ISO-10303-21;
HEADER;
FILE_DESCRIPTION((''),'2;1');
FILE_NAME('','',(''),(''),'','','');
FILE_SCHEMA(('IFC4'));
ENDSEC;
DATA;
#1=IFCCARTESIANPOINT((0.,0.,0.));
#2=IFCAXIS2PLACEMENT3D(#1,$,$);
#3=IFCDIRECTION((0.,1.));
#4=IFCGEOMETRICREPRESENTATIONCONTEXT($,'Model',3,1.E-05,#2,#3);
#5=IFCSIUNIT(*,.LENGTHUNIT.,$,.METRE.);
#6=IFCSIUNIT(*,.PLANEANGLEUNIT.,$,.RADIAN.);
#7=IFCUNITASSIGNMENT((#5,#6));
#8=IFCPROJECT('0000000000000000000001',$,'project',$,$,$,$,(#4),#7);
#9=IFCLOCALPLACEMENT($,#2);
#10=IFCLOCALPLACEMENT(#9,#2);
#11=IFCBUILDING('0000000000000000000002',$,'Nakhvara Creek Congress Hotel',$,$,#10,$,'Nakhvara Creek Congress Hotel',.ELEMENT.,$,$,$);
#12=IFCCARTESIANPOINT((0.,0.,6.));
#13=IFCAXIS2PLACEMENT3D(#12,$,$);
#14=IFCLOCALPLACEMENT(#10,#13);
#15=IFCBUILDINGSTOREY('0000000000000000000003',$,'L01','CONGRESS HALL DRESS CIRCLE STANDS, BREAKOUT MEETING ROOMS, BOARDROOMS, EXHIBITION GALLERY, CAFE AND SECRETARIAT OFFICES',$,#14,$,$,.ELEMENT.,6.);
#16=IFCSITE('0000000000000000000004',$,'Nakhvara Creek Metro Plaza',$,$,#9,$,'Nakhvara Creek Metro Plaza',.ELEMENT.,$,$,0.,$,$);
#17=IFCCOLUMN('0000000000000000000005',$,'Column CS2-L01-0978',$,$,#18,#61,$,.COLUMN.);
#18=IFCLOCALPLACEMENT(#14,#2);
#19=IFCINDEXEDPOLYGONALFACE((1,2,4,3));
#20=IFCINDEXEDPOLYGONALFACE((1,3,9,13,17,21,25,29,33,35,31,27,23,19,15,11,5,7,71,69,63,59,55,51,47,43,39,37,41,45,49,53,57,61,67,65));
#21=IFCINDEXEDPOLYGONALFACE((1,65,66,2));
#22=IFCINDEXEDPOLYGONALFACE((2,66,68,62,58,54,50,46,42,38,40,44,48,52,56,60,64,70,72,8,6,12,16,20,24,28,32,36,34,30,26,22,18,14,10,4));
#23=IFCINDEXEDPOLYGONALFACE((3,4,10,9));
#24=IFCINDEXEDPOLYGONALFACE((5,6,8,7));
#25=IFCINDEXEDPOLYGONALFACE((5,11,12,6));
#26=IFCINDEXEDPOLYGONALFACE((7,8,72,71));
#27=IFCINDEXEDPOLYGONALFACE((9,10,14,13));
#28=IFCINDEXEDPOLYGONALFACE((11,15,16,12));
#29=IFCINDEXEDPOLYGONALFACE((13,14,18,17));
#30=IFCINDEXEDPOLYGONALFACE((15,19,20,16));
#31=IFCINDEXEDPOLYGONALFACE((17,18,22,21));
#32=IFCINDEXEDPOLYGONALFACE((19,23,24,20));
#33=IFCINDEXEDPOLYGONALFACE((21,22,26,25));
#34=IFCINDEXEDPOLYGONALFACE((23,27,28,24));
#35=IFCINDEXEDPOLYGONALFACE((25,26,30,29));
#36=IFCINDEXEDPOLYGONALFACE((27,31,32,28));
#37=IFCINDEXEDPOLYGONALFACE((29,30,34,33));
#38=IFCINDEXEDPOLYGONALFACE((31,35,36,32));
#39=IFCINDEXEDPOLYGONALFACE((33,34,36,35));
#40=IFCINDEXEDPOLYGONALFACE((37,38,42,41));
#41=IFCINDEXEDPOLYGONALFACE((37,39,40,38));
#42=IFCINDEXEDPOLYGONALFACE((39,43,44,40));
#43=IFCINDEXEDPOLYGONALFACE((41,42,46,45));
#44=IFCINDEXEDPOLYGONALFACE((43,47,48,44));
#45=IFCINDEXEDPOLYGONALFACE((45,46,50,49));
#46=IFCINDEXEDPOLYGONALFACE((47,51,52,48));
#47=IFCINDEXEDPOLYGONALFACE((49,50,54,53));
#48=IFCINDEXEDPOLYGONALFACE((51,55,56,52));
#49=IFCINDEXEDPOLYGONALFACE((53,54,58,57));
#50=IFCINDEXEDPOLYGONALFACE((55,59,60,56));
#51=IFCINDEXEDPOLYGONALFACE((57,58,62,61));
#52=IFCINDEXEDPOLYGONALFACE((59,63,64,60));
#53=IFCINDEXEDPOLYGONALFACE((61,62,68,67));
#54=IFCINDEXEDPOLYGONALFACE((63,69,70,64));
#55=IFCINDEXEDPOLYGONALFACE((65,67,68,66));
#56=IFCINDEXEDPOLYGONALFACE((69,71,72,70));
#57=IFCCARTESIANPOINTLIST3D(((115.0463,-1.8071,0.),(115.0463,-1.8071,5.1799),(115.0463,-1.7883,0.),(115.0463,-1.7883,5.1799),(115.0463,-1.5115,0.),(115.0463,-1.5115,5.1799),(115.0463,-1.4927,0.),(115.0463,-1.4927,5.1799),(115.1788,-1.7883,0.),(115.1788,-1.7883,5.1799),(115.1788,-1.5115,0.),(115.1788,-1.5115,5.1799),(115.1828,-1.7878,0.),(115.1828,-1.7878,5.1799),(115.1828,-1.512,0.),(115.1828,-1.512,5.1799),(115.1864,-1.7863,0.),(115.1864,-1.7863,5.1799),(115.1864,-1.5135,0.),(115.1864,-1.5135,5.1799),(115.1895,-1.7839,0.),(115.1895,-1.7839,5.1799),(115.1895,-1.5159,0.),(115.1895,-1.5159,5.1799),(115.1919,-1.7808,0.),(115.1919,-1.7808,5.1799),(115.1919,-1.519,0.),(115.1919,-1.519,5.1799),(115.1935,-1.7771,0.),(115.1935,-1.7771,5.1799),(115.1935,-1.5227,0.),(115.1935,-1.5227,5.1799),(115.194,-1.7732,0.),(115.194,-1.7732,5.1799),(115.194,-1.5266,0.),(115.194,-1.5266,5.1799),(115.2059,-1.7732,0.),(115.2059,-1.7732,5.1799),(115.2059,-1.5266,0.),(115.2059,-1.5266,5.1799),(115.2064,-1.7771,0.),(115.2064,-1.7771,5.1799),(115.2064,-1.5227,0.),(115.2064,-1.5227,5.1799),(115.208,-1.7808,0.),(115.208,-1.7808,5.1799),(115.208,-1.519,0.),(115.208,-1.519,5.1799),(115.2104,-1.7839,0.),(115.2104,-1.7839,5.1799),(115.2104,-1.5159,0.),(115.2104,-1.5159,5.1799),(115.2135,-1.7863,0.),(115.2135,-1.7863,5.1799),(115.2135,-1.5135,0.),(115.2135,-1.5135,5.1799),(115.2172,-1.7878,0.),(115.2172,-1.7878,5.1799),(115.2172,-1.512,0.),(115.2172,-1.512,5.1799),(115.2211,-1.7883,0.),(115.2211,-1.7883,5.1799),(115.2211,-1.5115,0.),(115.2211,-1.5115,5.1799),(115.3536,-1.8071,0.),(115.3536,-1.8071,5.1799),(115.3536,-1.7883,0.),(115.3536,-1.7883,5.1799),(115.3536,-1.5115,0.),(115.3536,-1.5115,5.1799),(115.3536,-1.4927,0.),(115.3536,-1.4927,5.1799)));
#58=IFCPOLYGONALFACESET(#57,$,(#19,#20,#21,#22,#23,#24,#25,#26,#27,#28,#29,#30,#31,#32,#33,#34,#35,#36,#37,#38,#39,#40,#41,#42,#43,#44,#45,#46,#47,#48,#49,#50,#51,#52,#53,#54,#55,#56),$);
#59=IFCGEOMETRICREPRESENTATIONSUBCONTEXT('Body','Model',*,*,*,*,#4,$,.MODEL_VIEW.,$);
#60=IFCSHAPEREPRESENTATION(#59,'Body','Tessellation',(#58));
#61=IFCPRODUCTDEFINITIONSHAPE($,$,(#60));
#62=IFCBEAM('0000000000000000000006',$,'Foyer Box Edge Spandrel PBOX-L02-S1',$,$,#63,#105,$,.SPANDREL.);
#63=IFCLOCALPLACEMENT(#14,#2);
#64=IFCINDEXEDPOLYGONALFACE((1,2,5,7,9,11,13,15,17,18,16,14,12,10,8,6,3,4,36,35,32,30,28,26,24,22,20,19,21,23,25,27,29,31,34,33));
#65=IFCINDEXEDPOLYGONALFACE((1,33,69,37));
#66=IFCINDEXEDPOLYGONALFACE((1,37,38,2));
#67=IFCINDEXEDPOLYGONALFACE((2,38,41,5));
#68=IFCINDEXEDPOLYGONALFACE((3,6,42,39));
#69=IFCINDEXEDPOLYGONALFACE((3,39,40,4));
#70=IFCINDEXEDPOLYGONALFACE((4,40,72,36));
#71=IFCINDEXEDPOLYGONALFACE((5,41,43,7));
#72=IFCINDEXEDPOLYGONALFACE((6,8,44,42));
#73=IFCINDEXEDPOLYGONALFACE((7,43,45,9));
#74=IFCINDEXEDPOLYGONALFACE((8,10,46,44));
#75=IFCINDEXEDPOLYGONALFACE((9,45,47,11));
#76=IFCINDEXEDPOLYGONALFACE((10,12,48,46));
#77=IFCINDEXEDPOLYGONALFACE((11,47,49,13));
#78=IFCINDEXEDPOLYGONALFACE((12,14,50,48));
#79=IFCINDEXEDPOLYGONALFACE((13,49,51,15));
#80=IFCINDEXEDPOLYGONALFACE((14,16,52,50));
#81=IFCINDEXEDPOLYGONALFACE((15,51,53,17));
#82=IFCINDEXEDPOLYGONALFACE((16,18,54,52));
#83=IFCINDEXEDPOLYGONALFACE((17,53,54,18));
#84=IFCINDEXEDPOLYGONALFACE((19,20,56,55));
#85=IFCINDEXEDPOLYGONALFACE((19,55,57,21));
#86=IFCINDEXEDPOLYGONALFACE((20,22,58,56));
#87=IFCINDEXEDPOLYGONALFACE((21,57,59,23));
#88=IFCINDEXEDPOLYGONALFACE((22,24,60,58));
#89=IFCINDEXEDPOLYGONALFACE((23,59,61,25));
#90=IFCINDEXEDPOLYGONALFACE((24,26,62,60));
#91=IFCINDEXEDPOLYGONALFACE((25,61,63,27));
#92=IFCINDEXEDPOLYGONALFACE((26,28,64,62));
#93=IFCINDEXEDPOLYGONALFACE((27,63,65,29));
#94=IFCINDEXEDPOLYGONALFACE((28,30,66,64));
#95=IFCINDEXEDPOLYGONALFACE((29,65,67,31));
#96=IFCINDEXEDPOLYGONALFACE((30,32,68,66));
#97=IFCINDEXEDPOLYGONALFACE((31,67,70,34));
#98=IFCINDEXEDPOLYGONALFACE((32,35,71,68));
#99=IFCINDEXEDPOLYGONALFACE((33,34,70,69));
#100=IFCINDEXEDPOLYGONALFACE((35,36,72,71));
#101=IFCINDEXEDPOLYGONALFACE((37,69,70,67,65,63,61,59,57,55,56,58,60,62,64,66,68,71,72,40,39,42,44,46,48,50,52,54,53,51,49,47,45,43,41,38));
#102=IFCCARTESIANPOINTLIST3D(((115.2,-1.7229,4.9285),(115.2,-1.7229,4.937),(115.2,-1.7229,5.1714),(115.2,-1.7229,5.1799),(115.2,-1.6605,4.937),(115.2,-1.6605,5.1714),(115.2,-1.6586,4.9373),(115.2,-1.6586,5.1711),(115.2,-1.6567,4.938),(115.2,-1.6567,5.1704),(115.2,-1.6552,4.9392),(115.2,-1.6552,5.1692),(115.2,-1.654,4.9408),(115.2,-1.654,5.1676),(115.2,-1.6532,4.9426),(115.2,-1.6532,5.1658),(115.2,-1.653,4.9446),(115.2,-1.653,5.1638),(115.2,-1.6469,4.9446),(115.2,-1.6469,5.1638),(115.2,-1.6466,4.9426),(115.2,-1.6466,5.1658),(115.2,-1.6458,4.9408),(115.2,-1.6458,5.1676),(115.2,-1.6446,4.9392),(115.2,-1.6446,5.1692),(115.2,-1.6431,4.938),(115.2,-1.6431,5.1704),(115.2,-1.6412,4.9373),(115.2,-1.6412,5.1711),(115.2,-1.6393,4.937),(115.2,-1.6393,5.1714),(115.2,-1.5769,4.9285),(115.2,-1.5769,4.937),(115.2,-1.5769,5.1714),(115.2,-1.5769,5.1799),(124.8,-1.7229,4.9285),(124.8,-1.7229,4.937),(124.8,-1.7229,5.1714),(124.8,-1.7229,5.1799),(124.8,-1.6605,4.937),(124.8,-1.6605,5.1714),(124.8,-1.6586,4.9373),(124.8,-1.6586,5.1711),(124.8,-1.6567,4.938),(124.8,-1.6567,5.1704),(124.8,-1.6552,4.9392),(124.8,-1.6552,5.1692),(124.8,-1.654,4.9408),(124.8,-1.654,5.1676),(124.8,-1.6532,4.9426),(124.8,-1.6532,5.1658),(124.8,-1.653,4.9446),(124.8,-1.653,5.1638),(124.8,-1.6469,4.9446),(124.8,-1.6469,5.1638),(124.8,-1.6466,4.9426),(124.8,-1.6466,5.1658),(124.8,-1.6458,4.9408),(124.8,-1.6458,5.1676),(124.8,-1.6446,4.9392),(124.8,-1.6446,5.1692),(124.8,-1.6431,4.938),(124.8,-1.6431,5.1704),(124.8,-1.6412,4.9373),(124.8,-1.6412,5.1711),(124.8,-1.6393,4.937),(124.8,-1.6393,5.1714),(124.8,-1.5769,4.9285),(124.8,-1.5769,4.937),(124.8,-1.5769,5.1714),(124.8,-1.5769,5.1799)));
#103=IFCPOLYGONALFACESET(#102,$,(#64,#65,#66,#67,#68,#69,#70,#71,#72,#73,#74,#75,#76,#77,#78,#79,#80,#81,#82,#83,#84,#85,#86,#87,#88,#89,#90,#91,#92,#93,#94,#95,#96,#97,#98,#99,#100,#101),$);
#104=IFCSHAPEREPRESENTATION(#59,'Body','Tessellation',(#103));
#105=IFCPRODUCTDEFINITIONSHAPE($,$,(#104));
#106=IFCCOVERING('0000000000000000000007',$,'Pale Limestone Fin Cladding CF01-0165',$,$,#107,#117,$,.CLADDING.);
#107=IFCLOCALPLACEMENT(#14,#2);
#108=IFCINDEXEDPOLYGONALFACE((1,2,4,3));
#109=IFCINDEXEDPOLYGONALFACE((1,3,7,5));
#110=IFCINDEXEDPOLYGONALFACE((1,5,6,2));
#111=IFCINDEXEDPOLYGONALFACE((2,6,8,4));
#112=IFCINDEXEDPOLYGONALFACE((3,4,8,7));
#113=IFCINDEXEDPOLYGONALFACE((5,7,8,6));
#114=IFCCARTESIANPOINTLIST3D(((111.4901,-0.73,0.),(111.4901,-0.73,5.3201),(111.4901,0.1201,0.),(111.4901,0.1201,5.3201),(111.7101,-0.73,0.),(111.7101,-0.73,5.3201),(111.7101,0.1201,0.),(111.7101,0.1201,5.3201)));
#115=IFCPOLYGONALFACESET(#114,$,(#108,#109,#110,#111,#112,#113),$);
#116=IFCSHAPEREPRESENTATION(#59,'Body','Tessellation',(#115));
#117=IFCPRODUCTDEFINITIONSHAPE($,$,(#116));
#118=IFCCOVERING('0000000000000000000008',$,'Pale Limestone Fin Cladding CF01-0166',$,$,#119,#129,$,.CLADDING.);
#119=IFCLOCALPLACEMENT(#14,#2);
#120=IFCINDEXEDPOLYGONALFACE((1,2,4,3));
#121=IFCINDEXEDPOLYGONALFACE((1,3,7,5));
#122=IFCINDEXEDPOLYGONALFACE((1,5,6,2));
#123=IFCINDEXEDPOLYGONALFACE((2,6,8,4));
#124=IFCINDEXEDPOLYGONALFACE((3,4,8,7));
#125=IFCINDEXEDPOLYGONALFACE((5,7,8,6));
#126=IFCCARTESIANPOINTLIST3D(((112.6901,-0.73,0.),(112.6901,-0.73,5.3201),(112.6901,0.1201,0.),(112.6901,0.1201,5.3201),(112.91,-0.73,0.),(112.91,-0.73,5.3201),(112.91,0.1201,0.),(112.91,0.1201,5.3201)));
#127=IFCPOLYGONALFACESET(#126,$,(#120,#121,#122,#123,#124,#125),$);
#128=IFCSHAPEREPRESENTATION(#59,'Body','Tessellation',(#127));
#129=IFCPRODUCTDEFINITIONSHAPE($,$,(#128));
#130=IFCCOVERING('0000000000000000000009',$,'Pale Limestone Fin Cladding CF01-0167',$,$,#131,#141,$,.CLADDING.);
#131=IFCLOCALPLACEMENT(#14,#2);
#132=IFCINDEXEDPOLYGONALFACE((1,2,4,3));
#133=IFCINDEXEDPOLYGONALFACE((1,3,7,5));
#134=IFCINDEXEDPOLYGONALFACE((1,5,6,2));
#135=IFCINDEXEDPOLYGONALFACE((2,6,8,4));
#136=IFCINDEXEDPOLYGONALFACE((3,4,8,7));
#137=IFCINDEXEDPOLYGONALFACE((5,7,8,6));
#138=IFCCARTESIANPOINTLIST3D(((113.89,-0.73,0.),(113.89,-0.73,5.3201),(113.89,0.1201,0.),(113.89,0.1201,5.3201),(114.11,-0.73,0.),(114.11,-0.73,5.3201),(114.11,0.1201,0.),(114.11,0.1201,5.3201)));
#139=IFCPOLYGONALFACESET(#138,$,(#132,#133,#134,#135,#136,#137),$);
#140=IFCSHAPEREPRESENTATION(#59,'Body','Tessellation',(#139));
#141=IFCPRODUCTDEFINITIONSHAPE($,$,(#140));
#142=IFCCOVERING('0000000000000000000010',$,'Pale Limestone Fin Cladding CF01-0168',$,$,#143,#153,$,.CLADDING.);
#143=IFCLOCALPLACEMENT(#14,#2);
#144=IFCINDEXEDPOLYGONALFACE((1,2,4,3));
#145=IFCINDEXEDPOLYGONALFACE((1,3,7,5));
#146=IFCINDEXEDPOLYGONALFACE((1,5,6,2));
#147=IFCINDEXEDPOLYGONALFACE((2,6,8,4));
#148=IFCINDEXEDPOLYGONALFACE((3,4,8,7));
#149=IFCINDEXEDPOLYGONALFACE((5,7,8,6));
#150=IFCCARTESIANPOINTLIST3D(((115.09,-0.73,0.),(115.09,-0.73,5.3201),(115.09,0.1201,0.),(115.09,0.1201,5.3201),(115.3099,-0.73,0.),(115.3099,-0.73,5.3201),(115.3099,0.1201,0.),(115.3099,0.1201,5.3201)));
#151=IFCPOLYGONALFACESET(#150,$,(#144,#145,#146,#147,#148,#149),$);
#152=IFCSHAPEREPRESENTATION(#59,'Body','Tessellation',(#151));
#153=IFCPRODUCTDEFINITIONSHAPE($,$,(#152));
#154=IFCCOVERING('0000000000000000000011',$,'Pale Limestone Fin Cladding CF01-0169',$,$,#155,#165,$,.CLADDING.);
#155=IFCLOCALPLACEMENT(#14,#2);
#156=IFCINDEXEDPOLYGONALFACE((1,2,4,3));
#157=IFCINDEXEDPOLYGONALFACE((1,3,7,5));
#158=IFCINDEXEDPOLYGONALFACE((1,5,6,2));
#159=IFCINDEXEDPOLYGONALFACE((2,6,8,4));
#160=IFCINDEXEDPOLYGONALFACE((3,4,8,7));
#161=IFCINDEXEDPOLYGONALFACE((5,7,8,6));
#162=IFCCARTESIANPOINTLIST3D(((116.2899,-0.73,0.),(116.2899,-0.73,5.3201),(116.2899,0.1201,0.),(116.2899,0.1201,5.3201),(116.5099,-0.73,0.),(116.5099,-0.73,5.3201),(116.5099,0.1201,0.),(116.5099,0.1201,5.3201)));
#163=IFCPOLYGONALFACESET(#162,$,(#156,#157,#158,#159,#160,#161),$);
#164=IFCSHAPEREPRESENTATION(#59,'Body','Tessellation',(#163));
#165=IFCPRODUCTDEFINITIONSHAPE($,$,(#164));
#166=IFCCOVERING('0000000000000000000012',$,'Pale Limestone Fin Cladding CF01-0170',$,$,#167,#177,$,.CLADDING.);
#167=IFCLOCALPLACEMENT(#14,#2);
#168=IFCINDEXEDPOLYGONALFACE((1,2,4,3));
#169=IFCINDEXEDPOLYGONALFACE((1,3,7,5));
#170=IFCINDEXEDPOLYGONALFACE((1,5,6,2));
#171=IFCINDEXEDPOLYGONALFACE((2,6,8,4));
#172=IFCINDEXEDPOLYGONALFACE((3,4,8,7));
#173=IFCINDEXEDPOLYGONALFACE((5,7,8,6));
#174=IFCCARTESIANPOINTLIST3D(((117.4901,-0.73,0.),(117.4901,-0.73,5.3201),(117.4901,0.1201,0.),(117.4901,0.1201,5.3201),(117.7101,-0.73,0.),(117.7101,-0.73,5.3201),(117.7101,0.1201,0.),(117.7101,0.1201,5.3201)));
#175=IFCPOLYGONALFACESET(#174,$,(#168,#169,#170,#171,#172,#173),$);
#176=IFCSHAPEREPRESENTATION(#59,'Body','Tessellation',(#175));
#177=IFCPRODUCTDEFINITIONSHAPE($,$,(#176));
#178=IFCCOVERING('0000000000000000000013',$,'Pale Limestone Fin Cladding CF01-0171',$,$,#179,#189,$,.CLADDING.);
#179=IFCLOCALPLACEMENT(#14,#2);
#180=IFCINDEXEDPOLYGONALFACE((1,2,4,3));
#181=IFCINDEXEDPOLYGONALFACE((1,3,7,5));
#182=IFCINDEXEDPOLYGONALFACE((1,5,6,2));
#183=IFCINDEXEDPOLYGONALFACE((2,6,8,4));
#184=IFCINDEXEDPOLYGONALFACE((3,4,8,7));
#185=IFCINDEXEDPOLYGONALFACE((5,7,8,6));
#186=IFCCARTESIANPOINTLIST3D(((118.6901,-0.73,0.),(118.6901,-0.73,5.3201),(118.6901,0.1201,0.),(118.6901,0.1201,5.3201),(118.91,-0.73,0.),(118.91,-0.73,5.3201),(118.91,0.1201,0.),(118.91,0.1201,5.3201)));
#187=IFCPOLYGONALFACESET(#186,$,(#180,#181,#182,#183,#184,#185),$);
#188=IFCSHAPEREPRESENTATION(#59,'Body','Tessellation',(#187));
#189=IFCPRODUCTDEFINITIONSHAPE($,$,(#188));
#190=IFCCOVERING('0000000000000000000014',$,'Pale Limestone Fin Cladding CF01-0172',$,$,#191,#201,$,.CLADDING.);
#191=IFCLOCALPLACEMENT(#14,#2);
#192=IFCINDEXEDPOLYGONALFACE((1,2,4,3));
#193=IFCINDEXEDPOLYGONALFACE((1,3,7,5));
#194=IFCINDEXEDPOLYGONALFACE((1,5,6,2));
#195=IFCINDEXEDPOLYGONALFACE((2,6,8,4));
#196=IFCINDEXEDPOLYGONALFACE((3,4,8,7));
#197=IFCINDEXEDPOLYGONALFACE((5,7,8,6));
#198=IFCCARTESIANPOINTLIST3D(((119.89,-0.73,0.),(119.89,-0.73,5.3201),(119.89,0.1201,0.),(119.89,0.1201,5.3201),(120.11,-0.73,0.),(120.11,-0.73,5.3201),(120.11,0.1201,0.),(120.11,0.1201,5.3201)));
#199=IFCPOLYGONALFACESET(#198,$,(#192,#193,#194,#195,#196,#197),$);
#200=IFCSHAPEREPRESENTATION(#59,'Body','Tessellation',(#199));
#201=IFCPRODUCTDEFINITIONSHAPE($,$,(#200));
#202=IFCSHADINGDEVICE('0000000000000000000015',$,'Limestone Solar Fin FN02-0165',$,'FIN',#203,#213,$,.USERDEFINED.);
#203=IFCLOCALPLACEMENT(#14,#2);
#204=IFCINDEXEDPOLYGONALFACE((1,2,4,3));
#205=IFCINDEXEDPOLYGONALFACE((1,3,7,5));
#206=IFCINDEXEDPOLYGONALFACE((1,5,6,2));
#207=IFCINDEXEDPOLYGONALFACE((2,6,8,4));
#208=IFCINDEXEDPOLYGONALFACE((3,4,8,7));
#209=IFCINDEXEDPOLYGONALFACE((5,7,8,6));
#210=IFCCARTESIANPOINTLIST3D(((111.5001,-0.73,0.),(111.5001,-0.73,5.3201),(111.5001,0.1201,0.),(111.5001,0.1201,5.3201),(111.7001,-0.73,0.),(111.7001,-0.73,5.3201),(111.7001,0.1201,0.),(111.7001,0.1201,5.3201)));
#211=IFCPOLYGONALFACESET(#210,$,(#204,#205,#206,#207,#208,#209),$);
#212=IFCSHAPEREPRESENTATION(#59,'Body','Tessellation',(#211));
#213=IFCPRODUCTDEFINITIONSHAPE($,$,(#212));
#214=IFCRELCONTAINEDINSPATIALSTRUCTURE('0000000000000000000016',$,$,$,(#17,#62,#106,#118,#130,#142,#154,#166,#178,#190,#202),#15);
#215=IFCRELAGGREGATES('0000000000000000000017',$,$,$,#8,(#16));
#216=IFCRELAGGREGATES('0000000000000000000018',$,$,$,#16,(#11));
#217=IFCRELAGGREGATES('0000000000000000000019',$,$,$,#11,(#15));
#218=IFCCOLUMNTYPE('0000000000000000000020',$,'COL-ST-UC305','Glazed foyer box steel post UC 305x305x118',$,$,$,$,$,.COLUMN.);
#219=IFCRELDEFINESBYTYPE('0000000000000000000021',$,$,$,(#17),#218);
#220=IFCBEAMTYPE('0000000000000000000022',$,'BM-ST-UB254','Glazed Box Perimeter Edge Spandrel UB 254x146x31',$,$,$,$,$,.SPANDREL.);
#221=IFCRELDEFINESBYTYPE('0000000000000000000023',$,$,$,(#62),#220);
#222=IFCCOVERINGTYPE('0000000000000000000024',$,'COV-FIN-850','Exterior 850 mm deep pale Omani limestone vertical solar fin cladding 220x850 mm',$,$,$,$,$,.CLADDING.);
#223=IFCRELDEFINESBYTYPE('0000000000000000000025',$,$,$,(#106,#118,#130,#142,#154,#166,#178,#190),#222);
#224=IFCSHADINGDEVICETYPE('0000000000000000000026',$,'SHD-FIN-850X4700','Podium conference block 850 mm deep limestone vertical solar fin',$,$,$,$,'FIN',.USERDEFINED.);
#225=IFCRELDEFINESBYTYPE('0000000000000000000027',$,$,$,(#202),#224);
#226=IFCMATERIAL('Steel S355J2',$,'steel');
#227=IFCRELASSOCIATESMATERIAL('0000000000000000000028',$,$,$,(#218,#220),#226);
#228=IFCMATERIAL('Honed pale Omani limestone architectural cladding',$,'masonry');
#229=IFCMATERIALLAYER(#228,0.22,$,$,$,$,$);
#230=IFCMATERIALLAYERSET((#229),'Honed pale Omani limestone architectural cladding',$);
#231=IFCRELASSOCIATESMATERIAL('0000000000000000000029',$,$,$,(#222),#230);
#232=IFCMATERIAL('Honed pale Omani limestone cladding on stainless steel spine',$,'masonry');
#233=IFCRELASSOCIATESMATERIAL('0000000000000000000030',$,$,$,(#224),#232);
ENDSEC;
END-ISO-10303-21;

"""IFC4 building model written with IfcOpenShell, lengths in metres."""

from ifc_helpers import new_model, si_unit, direction, frame, origin, origin_2d, place, context, subcontext, project, spatial, rectangle, i_section, extrude, material, layer, layer_set, material_profile, profile_set, type_object, element, save


model = new_model("IFC4")

# Units and contexts
model_context = context("Model", 3, precision=1e-05, world=origin(), true_north=direction((0.0, 1.0)))
body_context = subcontext(model_context, "Body", "Model", "MODEL_VIEW")
ifc_project = project(units=[si_unit("LENGTHUNIT", "METRE"), si_unit("PLANEANGLEUNIT", "RADIAN")], contexts=[model_context])

# Site, building, storey
site_placement = place(None, origin())
site = spatial("IfcSite", under=ifc_project, at=site_placement, Name="Nakhvara Creek Metro Plaza", LongName="Nakhvara Creek Metro Plaza", CompositionType="ELEMENT", RefElevation=0.0)
building_placement = place(site_placement, origin())
building = spatial("IfcBuilding", under=site, at=building_placement, Name="Nakhvara Creek Congress Hotel", LongName="Nakhvara Creek Congress Hotel", CompositionType="ELEMENT")
storey_placement = place(building_placement, frame((0.0, 0.0, 6.0)))
storey = spatial("IfcBuildingStorey", under=building, at=storey_placement, Name="L01", Description="CONGRESS HALL DRESS CIRCLE STANDS, BREAKOUT MEETING ROOMS, BOARDROOMS, EXHIBITION GALLERY, CAFE AND SECRETARIAT OFFICES", CompositionType="ELEMENT", Elevation=6.0)

# Column
ifc_material_1 = material(Name="Steel S355J2", Category="steel")
ifc_material_profile_1 = material_profile(ifc_material_1, i_section(OverallWidth=0.3074, OverallDepth=0.3145, WebThickness=0.012, FlangeThickness=0.0188, FilletRadius=0.0151, at=origin_2d()), Name="UC 305x305x118", Category="LoadBearing")
ifc_profile_set_1 = profile_set([ifc_material_profile_1], Name="Steel S355J2")
column_type = type_object("IfcColumnType", Name="COL-ST-UC305", Description="Glazed foyer box steel post UC 305x305x118", PredefinedType="COLUMN", material=ifc_profile_set_1)
column_placement = place(storey_placement, frame((115.2, -1.6499, 0.0), z_axis=(0.0, 0.0, 1.0), x_axis=(1.0, 0.0, 0.0)))
element("IfcColumn", 1, at=column_placement, inside=storey, type_object=column_type, Name="Column CS2-L01-0978", PredefinedType="COLUMN", context=body_context, shape_type="SweptSolid", body=[
    extrude(i_section(OverallWidth=0.3074, OverallDepth=0.3145, WebThickness=0.012, FlangeThickness=0.0188, FilletRadius=0.0151, at=origin_2d()), origin(), (0.0, 0.0, 1.0), 5.1799),
])

# Beam
ifc_material_profile_2 = material_profile(ifc_material_1, i_section(OverallWidth=0.146, OverallDepth=0.2515, WebThickness=0.0061, FlangeThickness=0.0085, FilletRadius=0.0076, at=origin_2d()), Name="UB 254x146x31", Category="LoadBearing")
ifc_profile_set_2 = profile_set([ifc_material_profile_2], Name="Steel S355J2")
beam_type = type_object("IfcBeamType", Name="BM-ST-UB254", Description="Glazed Box Perimeter Edge Spandrel UB 254x146x31", PredefinedType="SPANDREL", material=ifc_profile_set_2)
beam_placement = place(storey_placement, frame((115.2, -1.6499, 5.0542), z_axis=(1.0, 0.0, 0.0), x_axis=(0.0, 1.0, 0.0)))
element("IfcBeam", 2, at=beam_placement, inside=storey, type_object=beam_type, Name="Foyer Box Edge Spandrel PBOX-L02-S1", PredefinedType="SPANDREL", context=body_context, shape_type="SweptSolid", body=[
    extrude(i_section(OverallWidth=0.146, OverallDepth=0.2515, WebThickness=0.0061, FlangeThickness=0.0085, FilletRadius=0.0076, at=origin_2d()), origin(), (0.0, 0.0, 1.0), 9.6001),
])

# Coverings
ifc_material_2 = material(Name="Honed pale Omani limestone architectural cladding", Category="masonry")
ifc_layer = layer(ifc_material_2, 0.22)
ifc_layer_set = layer_set([ifc_layer], Name="Honed pale Omani limestone architectural cladding")
covering_type = type_object("IfcCoveringType", Name="COV-FIN-850", Description="Exterior 850 mm deep pale Omani limestone vertical solar fin cladding 220x850 mm", PredefinedType="CLADDING", material=ifc_layer_set)
for number, where, z_axis, x_axis, name in (
    (3, (111.6001, -0.3049, 0.0), (0.0, 0.0, 1.0), (1.0, 0.0, 0.0), "Pale Limestone Fin Cladding CF01-0165"),
    (4, (112.8, -0.3049, 0.0), (0.0, 0.0, 1.0), (1.0, 0.0, 0.0), "Pale Limestone Fin Cladding CF01-0166"),
    (5, (114.0, -0.3049, 0.0), (0.0, 0.0, 1.0), (1.0, 0.0, 0.0), "Pale Limestone Fin Cladding CF01-0167"),
    (6, (115.2, -0.3049, 0.0), (0.0, 0.0, 1.0), (1.0, 0.0, 0.0), "Pale Limestone Fin Cladding CF01-0168"),
    (7, (116.3999, -0.3049, 0.0), (0.0, 0.0, 1.0), (1.0, 0.0, 0.0), "Pale Limestone Fin Cladding CF01-0169"),
    (8, (117.6001, -0.3049, 0.0), (0.0, 0.0, 1.0), (1.0, 0.0, 0.0), "Pale Limestone Fin Cladding CF01-0170"),
    (9, (118.8, -0.3049, 0.0), (0.0, 0.0, 1.0), (1.0, 0.0, 0.0), "Pale Limestone Fin Cladding CF01-0171"),
    (10, (120.0, -0.3049, 0.0), (0.0, 0.0, 1.0), (1.0, 0.0, 0.0), "Pale Limestone Fin Cladding CF01-0172"),
):
    element("IfcCovering", number, at=place(storey_placement, frame(where, z_axis=z_axis, x_axis=x_axis)), inside=storey, type_object=covering_type, Name=name, PredefinedType="CLADDING", context=body_context, shape_type="SweptSolid", body=[
        extrude(rectangle(XDim=0.22, YDim=0.8501, at=origin_2d()), origin(), (0.0, 0.0, 1.0), 5.3201),
    ])

# Shading device
ifc_material_3 = material(Name="Honed pale Omani limestone cladding on stainless steel spine", Category="masonry")
shading_device_type = type_object("IfcShadingDeviceType", Name="SHD-FIN-850X4700", Description="Podium conference block 850 mm deep limestone vertical solar fin", ElementType="FIN", PredefinedType="USERDEFINED", material=ifc_material_3)
for number, where, z_axis, x_axis, name in (
    (11, (111.6001, -0.3049, 0.0), (0.0, 0.0, 1.0), (1.0, 0.0, 0.0), "Limestone Solar Fin FN02-0165"),
):
    element("IfcShadingDevice", number, at=place(storey_placement, frame(where, z_axis=z_axis, x_axis=x_axis)), inside=storey, type_object=shading_device_type, Name=name, ObjectType="FIN", PredefinedType="USERDEFINED", context=body_context, shape_type="SweptSolid", body=[
        extrude(rectangle(XDim=0.2, YDim=0.8501, at=origin_2d()), origin(), (0.0, 0.0, 1.0), 5.3201),
    ])

save(model, "model.ifc")
